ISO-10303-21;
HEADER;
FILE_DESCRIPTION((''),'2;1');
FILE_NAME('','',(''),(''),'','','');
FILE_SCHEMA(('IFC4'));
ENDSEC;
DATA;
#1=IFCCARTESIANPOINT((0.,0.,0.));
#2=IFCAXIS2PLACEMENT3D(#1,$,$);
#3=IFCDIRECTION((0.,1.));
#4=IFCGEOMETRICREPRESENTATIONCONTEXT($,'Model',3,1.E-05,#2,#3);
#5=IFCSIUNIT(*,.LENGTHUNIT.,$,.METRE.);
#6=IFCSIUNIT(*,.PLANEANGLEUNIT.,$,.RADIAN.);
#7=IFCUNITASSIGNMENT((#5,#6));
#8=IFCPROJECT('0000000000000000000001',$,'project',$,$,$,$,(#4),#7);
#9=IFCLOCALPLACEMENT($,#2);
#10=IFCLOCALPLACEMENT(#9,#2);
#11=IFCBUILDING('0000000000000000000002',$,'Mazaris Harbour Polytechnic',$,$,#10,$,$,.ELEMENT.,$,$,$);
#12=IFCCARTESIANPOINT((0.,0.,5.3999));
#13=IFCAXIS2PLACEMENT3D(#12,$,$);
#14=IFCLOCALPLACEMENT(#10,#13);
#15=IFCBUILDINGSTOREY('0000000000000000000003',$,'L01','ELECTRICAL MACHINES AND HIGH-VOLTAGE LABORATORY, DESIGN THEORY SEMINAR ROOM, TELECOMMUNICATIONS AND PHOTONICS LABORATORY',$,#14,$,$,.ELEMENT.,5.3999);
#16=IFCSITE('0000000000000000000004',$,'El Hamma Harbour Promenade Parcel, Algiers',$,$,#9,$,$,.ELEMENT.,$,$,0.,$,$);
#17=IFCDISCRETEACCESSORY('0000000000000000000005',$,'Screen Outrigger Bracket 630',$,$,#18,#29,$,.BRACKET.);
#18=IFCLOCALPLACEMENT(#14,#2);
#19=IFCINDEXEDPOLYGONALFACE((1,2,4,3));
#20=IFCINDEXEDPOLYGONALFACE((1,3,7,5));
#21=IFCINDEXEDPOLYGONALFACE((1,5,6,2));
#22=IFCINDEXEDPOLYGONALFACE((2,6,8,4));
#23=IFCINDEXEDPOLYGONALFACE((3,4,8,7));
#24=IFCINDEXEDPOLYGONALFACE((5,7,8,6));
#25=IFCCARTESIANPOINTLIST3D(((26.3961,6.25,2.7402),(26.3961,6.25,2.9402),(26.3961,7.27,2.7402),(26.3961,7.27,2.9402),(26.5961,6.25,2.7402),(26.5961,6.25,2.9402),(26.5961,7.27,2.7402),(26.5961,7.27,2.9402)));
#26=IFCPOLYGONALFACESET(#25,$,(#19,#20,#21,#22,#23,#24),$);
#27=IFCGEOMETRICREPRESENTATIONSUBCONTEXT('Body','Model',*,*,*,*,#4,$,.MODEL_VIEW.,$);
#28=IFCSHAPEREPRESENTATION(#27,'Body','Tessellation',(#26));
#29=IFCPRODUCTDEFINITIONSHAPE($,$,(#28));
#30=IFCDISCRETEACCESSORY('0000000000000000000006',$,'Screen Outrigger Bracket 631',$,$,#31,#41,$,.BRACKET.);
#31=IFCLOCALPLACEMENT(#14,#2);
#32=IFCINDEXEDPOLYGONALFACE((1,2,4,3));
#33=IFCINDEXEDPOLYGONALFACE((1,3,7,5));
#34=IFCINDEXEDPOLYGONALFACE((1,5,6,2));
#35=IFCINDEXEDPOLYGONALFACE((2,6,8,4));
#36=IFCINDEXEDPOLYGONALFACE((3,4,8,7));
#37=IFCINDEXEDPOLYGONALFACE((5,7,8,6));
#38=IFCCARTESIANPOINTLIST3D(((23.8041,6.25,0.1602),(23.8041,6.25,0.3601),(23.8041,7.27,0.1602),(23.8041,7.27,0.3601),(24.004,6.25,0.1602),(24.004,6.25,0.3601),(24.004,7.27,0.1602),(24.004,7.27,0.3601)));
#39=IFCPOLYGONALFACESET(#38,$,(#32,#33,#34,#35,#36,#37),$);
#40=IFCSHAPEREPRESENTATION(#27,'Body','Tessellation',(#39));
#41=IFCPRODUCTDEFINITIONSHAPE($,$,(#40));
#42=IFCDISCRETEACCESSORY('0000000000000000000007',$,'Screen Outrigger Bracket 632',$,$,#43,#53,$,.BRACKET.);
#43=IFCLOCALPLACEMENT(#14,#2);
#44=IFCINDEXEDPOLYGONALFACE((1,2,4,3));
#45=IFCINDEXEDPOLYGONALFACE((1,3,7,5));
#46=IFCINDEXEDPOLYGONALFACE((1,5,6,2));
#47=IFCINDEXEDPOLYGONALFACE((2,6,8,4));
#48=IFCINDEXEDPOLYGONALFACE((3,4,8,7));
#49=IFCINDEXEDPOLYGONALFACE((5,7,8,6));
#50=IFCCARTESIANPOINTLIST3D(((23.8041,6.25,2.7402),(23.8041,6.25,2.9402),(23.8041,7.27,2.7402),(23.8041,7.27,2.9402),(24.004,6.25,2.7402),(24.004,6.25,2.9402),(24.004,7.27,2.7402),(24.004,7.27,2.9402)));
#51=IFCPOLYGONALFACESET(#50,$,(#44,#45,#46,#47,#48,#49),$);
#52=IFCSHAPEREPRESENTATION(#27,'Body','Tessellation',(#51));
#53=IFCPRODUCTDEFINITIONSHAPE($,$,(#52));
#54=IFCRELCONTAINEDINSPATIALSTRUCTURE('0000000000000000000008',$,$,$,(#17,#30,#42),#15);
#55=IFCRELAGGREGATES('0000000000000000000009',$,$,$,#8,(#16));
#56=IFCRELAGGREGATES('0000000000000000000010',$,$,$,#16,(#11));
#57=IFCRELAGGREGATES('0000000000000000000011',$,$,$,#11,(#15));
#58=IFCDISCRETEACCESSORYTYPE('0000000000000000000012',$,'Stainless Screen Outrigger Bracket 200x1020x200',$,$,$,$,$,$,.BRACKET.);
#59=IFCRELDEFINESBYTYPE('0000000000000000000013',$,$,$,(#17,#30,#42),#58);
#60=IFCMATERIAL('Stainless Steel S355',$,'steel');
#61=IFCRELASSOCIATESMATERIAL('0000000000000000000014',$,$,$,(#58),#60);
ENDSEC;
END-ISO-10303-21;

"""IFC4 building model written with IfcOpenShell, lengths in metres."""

from ifc_helpers import new_model, si_unit, direction, frame, origin, origin_2d, place, context, subcontext, project, spatial, rectangle, extrude, material, type_object, element, save


model = new_model("IFC4")

# Units and contexts
model_context = context("Model", 3, precision=1e-05, world=origin(), true_north=direction((0.0, 1.0)))
body_context = subcontext(model_context, "Body", "Model", "MODEL_VIEW")
ifc_project = project(units=[si_unit("LENGTHUNIT", "METRE"), si_unit("PLANEANGLEUNIT", "RADIAN")], contexts=[model_context])

# Site, building, storey
site_placement = place(None, origin())
site = spatial("IfcSite", under=ifc_project, at=site_placement, Name="El Hamma Harbour Promenade Parcel, Algiers", CompositionType="ELEMENT", RefElevation=0.0)
building_placement = place(site_placement, origin())
building = spatial("IfcBuilding", under=site, at=building_placement, Name="Mazaris Harbour Polytechnic", CompositionType="ELEMENT")
storey_placement = place(building_placement, frame((0.0, 0.0, 5.3999)))
storey = spatial("IfcBuildingStorey", under=building, at=storey_placement, Name="L01", Description="ELECTRICAL MACHINES AND HIGH-VOLTAGE LABORATORY, DESIGN THEORY SEMINAR ROOM, TELECOMMUNICATIONS AND PHOTONICS LABORATORY", CompositionType="ELEMENT", Elevation=5.3999)

# Discrete accessories
ifc_material_1 = material(Name="Stainless Steel S355", Category="steel")
discrete_accessory_type = type_object("IfcDiscreteAccessoryType", Name="Stainless Screen Outrigger Bracket 200x1020x200", PredefinedType="BRACKET", material=ifc_material_1)
for number, where, z_axis, x_axis, name in (
    (1, (26.4961, 6.76, 2.7402), (0.0, 0.0, 1.0), (-1.0, 0.0, 0.0), "Screen Outrigger Bracket 630"),
    (2, (23.9041, 6.76, 0.1602), (0.0, 0.0, 1.0), (-1.0, 0.0, 0.0), "Screen Outrigger Bracket 631"),
    (3, (23.9041, 6.76, 2.7402), (0.0, 0.0, 1.0), (-1.0, 0.0, 0.0), "Screen Outrigger Bracket 632"),
):
    element("IfcDiscreteAccessory", number, at=place(storey_placement, frame(where, z_axis=z_axis, x_axis=x_axis)), inside=storey, type_object=discrete_accessory_type, Name=name, PredefinedType="BRACKET", context=body_context, shape_type="SweptSolid", body=[
        extrude(rectangle(XDim=0.2, YDim=1.02, at=origin_2d()), origin(), (0.0, 0.0, 1.0), 0.2),
    ])

save(model, "model.ifc")
